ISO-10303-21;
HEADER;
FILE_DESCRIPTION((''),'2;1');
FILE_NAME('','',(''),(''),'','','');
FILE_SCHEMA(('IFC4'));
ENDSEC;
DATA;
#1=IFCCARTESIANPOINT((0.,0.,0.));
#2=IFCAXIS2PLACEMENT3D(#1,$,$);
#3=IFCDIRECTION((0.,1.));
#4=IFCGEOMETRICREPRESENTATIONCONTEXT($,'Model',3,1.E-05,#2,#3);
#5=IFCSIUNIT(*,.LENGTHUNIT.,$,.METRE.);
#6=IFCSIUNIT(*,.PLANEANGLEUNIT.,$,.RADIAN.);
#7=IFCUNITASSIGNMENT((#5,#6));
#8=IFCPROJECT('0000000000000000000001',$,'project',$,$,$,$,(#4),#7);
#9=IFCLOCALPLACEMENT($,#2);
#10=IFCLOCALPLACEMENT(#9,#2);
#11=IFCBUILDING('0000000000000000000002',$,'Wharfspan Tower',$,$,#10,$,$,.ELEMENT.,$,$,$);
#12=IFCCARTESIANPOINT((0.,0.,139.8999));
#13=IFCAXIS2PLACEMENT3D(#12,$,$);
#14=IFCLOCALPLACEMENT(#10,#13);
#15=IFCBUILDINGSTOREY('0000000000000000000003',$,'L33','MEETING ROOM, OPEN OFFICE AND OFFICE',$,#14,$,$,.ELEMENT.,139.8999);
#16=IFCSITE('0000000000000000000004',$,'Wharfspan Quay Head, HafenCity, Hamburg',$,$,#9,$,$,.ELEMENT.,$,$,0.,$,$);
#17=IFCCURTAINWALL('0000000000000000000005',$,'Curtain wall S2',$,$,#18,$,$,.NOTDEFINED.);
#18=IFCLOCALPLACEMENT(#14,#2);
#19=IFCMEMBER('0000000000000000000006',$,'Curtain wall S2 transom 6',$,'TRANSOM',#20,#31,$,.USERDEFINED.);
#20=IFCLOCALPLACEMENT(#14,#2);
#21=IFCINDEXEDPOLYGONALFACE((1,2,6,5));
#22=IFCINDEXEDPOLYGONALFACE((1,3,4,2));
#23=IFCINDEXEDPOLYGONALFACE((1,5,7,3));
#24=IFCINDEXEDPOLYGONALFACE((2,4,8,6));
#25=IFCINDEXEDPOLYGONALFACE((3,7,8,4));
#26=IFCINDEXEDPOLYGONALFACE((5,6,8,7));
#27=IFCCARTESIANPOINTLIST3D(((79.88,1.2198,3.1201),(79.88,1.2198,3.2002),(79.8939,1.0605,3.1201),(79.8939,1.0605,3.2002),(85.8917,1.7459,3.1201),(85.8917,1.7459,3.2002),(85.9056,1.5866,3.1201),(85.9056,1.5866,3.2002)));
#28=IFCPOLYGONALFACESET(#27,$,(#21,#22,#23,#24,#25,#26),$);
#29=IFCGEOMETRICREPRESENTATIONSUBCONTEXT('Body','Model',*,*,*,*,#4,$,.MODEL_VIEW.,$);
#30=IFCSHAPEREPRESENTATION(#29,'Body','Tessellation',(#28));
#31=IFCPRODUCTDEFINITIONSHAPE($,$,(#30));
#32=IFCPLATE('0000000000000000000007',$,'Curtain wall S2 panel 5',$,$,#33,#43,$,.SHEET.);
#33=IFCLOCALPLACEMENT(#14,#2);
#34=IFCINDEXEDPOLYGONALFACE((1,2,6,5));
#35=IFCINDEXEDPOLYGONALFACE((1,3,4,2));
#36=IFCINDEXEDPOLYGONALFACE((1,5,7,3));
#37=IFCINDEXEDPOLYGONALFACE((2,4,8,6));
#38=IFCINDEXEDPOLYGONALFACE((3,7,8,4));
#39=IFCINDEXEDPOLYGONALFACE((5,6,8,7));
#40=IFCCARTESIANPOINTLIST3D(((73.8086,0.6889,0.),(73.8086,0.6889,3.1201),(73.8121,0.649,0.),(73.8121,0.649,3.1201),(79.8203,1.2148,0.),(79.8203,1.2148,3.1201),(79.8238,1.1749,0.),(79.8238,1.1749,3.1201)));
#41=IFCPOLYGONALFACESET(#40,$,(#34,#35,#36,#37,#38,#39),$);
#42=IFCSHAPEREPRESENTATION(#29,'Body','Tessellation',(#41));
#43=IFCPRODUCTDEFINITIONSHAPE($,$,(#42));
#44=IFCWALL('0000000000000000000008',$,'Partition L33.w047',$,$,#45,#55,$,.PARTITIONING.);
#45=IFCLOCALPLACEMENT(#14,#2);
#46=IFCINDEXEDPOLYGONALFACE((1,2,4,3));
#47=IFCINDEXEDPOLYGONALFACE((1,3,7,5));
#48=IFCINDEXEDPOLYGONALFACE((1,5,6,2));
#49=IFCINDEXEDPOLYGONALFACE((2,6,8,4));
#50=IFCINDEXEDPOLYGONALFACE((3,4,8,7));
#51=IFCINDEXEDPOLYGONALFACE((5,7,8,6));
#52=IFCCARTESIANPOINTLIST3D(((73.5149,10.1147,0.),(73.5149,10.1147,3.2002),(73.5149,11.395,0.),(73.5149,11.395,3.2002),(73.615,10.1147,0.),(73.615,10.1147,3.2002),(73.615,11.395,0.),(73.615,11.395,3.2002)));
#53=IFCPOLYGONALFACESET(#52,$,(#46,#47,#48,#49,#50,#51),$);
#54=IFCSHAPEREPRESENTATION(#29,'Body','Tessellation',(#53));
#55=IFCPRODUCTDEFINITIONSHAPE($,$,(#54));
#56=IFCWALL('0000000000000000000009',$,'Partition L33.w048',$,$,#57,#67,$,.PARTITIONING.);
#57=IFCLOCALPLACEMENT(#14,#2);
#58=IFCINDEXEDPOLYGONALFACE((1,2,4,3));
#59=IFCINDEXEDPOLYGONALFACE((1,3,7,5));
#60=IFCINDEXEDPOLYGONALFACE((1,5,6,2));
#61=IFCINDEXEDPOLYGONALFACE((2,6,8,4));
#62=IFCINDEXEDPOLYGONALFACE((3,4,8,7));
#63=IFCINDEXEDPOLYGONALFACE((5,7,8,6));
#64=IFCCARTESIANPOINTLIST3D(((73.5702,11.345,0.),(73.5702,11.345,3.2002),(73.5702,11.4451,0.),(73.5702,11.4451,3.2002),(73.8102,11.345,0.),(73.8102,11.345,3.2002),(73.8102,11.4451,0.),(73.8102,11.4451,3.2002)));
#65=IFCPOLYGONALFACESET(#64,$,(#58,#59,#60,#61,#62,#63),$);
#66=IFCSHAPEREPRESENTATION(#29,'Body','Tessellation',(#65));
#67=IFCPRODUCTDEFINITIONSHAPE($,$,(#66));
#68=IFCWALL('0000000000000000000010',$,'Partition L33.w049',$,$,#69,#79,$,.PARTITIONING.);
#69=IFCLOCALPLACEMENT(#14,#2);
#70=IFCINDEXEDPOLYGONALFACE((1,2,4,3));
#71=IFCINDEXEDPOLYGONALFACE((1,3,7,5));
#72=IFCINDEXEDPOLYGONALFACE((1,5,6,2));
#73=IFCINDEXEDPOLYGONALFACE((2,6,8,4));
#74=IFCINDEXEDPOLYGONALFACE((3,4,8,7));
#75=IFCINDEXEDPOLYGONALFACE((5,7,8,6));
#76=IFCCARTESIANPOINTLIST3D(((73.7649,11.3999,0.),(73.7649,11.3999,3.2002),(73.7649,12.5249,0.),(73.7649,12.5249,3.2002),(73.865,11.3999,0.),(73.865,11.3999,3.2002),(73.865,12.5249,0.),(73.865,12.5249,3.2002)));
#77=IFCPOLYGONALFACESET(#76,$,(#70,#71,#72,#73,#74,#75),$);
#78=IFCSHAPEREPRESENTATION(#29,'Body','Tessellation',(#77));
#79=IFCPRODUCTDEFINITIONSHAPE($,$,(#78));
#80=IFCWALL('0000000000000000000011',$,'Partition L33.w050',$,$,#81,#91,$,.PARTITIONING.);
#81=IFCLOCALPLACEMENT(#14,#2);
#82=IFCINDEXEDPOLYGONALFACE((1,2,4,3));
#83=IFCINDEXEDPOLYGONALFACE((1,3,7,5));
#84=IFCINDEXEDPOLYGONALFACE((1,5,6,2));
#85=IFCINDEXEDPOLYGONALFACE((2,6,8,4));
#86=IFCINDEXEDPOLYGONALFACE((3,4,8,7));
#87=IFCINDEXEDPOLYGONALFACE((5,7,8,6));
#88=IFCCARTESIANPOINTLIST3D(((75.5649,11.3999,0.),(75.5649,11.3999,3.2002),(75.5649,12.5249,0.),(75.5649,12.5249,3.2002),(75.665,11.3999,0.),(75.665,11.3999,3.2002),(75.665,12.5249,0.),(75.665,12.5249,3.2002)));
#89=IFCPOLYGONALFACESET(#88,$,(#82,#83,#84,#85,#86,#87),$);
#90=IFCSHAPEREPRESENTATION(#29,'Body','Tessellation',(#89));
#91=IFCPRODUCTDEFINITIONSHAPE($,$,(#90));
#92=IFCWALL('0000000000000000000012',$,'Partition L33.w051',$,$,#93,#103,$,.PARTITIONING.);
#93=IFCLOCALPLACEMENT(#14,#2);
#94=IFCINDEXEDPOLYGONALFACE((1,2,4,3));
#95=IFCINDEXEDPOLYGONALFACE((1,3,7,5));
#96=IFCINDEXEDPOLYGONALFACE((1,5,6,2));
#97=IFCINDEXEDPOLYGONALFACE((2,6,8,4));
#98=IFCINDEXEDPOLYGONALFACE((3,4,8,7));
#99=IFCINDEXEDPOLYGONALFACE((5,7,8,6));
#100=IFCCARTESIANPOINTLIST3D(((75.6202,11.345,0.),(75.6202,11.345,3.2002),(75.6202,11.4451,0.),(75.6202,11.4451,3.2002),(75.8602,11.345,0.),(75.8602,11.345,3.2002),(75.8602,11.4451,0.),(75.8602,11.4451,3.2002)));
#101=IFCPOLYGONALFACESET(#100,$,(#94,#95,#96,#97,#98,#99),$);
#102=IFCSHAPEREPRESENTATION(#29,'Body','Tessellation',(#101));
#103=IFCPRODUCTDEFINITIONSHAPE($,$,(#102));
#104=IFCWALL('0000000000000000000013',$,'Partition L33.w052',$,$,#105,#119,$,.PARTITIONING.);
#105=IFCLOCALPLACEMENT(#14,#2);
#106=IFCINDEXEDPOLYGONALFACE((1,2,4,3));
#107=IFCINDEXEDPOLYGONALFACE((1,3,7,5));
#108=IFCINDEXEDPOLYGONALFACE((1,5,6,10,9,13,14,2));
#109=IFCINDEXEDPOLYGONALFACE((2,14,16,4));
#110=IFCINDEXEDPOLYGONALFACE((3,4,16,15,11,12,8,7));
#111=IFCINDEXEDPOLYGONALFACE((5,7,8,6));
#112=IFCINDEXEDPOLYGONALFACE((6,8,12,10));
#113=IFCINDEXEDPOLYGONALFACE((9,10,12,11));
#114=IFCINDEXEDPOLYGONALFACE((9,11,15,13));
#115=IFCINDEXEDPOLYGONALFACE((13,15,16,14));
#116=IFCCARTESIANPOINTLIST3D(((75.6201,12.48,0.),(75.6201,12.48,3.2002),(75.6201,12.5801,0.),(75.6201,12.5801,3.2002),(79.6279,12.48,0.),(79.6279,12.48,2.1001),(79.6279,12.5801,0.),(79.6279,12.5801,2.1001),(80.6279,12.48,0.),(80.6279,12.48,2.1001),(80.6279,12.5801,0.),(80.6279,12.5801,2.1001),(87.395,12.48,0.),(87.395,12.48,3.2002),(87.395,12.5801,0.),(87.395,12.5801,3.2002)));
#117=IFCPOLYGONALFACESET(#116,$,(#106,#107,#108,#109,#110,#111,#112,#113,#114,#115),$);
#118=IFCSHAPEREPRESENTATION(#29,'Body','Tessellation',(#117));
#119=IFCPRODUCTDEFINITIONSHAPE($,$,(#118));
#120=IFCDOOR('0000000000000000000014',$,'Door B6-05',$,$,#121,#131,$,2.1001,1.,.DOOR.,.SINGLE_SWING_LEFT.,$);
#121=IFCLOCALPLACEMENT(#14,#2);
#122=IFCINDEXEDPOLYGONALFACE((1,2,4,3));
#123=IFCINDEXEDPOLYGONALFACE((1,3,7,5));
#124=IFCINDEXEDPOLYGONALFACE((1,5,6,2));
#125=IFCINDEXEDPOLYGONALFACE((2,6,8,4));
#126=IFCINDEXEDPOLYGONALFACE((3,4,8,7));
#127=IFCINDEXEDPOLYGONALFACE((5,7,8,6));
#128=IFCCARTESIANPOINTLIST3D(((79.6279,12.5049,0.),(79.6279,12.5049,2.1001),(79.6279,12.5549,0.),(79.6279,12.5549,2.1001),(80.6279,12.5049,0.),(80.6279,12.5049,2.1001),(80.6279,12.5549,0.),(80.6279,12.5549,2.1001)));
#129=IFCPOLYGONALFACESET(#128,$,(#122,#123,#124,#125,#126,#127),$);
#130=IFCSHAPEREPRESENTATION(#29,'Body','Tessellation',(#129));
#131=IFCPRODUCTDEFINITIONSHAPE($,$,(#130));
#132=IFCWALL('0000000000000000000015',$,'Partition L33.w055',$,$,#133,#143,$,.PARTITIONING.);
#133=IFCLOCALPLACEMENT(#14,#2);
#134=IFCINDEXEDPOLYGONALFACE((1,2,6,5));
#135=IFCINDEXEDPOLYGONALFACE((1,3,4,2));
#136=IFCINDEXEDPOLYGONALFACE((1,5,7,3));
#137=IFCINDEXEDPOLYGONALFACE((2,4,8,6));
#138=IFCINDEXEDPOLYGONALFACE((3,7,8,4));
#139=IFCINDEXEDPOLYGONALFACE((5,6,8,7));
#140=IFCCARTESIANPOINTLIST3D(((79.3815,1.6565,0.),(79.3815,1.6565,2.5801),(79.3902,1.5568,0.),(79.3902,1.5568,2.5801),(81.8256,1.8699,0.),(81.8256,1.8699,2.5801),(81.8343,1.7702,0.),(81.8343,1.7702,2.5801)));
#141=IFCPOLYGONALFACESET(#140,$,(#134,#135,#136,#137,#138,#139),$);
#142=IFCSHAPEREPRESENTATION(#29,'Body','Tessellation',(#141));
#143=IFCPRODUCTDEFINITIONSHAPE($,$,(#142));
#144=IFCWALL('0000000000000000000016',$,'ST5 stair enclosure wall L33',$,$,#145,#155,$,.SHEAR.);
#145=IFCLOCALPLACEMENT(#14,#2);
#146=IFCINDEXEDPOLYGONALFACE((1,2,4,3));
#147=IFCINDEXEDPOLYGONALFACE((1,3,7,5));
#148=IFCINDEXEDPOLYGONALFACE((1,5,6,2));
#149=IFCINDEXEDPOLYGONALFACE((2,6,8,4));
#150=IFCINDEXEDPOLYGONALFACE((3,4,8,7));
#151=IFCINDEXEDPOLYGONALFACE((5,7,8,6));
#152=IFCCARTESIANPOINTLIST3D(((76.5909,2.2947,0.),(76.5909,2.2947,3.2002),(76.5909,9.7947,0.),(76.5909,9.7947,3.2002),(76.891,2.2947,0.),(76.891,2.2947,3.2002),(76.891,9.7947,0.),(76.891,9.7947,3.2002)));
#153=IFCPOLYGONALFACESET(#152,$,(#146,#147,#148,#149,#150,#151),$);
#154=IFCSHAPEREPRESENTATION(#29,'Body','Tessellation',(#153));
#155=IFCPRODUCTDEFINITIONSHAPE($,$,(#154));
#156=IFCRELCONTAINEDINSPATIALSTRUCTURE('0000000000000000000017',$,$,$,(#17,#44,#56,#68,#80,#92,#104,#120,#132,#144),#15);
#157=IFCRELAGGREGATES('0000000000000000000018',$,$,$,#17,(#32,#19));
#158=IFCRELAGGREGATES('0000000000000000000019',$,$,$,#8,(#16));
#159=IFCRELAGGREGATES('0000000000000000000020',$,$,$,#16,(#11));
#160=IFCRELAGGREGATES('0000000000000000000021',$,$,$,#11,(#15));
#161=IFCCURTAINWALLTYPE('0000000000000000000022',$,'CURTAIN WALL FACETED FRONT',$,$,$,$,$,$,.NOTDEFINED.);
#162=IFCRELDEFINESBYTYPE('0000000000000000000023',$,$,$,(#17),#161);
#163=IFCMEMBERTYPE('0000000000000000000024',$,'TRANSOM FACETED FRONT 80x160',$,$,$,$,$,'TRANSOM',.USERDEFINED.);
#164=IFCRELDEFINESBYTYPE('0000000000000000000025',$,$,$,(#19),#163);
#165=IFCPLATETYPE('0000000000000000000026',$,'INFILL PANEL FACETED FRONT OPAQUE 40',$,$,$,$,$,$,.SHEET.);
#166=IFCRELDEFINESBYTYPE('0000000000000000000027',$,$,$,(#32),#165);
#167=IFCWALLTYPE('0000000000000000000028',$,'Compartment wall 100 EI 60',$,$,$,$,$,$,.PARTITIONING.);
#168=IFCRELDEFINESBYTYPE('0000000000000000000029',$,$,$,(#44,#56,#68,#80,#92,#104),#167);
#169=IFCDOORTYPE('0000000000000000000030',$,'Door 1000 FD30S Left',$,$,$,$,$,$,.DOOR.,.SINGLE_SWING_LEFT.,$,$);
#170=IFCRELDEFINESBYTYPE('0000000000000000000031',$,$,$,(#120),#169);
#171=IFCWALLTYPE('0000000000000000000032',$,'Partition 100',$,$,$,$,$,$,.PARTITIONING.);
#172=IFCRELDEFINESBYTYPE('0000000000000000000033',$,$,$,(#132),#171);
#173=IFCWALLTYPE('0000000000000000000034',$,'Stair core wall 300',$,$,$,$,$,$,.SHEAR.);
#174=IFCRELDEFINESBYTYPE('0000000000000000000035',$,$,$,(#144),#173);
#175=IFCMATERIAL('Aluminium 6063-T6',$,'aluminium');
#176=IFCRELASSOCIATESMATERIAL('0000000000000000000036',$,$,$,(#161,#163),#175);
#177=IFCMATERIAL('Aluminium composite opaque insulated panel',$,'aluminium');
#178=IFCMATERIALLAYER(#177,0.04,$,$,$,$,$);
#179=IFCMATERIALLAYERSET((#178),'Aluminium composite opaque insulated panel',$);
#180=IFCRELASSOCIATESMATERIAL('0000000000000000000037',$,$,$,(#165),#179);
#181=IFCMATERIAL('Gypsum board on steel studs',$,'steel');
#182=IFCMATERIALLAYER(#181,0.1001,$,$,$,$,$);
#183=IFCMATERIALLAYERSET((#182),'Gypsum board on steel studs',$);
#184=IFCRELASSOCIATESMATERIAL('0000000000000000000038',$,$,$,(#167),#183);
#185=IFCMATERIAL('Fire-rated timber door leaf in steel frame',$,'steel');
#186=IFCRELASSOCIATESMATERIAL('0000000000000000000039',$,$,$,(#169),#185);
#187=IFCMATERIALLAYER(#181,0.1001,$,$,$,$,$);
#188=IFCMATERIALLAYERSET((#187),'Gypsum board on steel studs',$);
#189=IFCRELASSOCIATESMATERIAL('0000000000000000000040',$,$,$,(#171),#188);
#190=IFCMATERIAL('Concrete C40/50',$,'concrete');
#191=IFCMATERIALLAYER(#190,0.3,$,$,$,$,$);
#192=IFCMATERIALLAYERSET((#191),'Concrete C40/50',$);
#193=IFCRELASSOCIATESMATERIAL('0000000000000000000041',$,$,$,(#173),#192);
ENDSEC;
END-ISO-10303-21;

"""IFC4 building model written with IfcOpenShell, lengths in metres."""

from ifc_helpers import new_model, si_unit, direction, frame, frame_2d, origin, origin_2d, place, context, subcontext, project, spatial, rectangle, extrude, material, layer, layer_set, material_profile, profile_set, type_object, element, fill, aggregate, save


model = new_model("IFC4")

# Units and contexts
model_context = context("Model", 3, precision=1e-05, world=origin(), true_north=direction((0.0, 1.0)))
body_context = subcontext(model_context, "Body", "Model", "MODEL_VIEW")
ifc_project = project(units=[si_unit("LENGTHUNIT", "METRE"), si_unit("PLANEANGLEUNIT", "RADIAN")], contexts=[model_context])

# Site, building, storey
site_placement = place(None, origin())
site = spatial("IfcSite", under=ifc_project, at=site_placement, Name="Wharfspan Quay Head, HafenCity, Hamburg", CompositionType="ELEMENT", RefElevation=0.0)
building_placement = place(site_placement, origin())
building = spatial("IfcBuilding", under=site, at=building_placement, Name="Wharfspan Tower", CompositionType="ELEMENT")
storey_placement = place(building_placement, frame((0.0, 0.0, 139.8999)))
storey = spatial("IfcBuildingStorey", under=building, at=storey_placement, Name="L33", Description="MEETING ROOM, OPEN OFFICE AND OFFICE", CompositionType="ELEMENT", Elevation=139.8999)

# Curtain wall
ifc_material_1 = material(Name="Aluminium 6063-T6", Category="aluminium")
curtain_wall_type = type_object("IfcCurtainWallType", Name="CURTAIN WALL FACETED FRONT", PredefinedType="NOTDEFINED", material=ifc_material_1)
curtain_wall_placement = place(storey_placement, origin())
curtain_wall = element("IfcCurtainWall", 1, at=curtain_wall_placement, inside=storey, type_object=curtain_wall_type, Name="Curtain wall S2", PredefinedType="NOTDEFINED")

# Member
ifc_material_profile_1 = material_profile(ifc_material_1, rectangle(XDim=0.1599, YDim=0.0801, at=origin_2d()))
ifc_profile_set_1 = profile_set([ifc_material_profile_1], Name="Aluminium 6063-T6")
member_type_1 = type_object("IfcMemberType", Name="TRANSOM FACETED FRONT 80x160", ElementType="TRANSOM", PredefinedType="USERDEFINED", material=ifc_profile_set_1)
member_1_placement = place(storey_placement, frame((79.887, 1.1401, 3.1602), z_axis=(0.996192, 0.087183, 0.0), x_axis=(-0.087183, 0.996192, 0.0)))
member_1 = element("IfcMember", 2, at=member_1_placement, type_object=member_type_1, Name="Curtain wall S2 transom 6", ObjectType="TRANSOM", PredefinedType="USERDEFINED", context=body_context, shape_type="SweptSolid", body=[
    extrude(rectangle(XDim=0.1599, YDim=0.0801, at=origin_2d()), origin(), (0.0, 0.0, 1.0), 6.0347),
])

# Plate
ifc_material_2 = material(Name="Aluminium composite opaque insulated panel", Category="aluminium")
ifc_layer_1 = layer(ifc_material_2, 0.04)
ifc_layer_set_1 = layer_set([ifc_layer_1], Name="Aluminium composite opaque insulated panel")
plate_type = type_object("IfcPlateType", Name="INFILL PANEL FACETED FRONT OPAQUE 40", PredefinedType="SHEET", material=ifc_layer_set_1)
plate_placement = place(storey_placement, frame((76.8162, 0.9319, 0.0), z_axis=(0.0, 0.0, 1.0), x_axis=(0.996198, 0.087156, 0.0)))
plate = element("IfcPlate", 3, at=plate_placement, type_object=plate_type, Name="Curtain wall S2 panel 5", PredefinedType="SHEET", context=body_context, shape_type="SweptSolid", body=[
    extrude(rectangle(XDim=6.0347, YDim=0.04, at=origin_2d()), origin(), (0.0, 0.0, 1.0), 3.1201),
])
aggregate(curtain_wall, [plate, member_1])

# Walls
ifc_material_3 = material(Name="Gypsum board on steel studs", Category="steel")
ifc_layer_2 = layer(ifc_material_3, 0.1001)
ifc_layer_set_2 = layer_set([ifc_layer_2], Name="Gypsum board on steel studs")
wall_type_1 = type_object("IfcWallType", Name="Compartment wall 100 EI 60", PredefinedType="PARTITIONING", material=ifc_layer_set_2)
wall_1_placement = place(storey_placement, frame((73.5649, 10.1147, 0.0), z_axis=(0.0, 0.0, 1.0), x_axis=(0.0, 1.0, 0.0)))
element("IfcWall", 4, at=wall_1_placement, inside=storey, type_object=wall_type_1, Name="Partition L33.w047", PredefinedType="PARTITIONING", context=body_context, shape_type="SweptSolid", body=[
    extrude(rectangle(XDim=1.2803, YDim=0.1001, at=frame_2d((0.6401, 0.0))), origin(), (0.0, 0.0, 1.0), 3.2002),
])
wall_2_placement = place(storey_placement, frame((73.5701, 11.395, 0.0), z_axis=(0.0, 0.0, 1.0), x_axis=(1.0, 0.0, 0.0)))
element("IfcWall", 5, at=wall_2_placement, inside=storey, type_object=wall_type_1, Name="Partition L33.w048", PredefinedType="PARTITIONING", context=body_context, shape_type="SweptSolid", body=[
    extrude(rectangle(XDim=0.24, YDim=0.1001, at=frame_2d((0.1201, 0.0))), origin(), (0.0, 0.0, 1.0), 3.2002),
])
for number, where, z_axis, x_axis, name in (
    (6, (73.8149, 11.3999, 0.0), (0.0, 0.0, 1.0), (0.0, 1.0, 0.0), "Partition L33.w049"),
    (7, (75.615, 11.3999, 0.0), (0.0, 0.0, 1.0), (0.0, 1.0, 0.0), "Partition L33.w050"),
):
    element("IfcWall", number, at=place(storey_placement, frame(where, z_axis=z_axis, x_axis=x_axis)), inside=storey, type_object=wall_type_1, Name=name, PredefinedType="PARTITIONING", context=body_context, shape_type="SweptSolid", body=[
        extrude(rectangle(XDim=1.125, YDim=0.1001, at=frame_2d((0.5625, 0.0))), origin(), (0.0, 0.0, 1.0), 3.2002),
    ])
wall_3_placement = place(storey_placement, frame((75.6201, 11.395, 0.0), z_axis=(0.0, 0.0, 1.0), x_axis=(1.0, 0.0, 0.0)))
element("IfcWall", 8, at=wall_3_placement, inside=storey, type_object=wall_type_1, Name="Partition L33.w051", PredefinedType="PARTITIONING", context=body_context, shape_type="SweptSolid", body=[
    extrude(rectangle(XDim=0.24, YDim=0.1001, at=frame_2d((0.1201, 0.0))), origin(), (0.0, 0.0, 1.0), 3.2002),
])

# Wall, opening, door
wall_4_placement = place(storey_placement, frame((75.6201, 12.53, 0.0), z_axis=(0.0, 0.0, 1.0), x_axis=(1.0, 0.0, 0.0)))
wall_4 = element("IfcWall", 9, at=wall_4_placement, inside=storey, type_object=wall_type_1, Name="Partition L33.w052", PredefinedType="PARTITIONING", context=body_context, shape_type="SweptSolid", body=[
    extrude(rectangle(XDim=11.7749, YDim=0.1001, at=frame_2d((5.8875, 0.0))), origin(), (0.0, 0.0, 1.0), 3.2002),
])
opening_placement = place(wall_4_placement, frame((4.0078, 0.0, 0.0)))
opening = element("IfcOpeningElement", 10, at=opening_placement, cuts=wall_4, PredefinedType="OPENING", context=body_context, shape_type="SweptSolid", body=[
    extrude(rectangle(XDim=1.0, YDim=2.1001, at=frame_2d((0.5, 1.05))), frame((0.0, 0.0601, 0.0), z_axis=(0.0, -1.0, 0.0), x_axis=(1.0, 0.0, 0.0)), (0.0, 0.0, 1.0), 0.1201),
])
ifc_material_4 = material(Name="Fire-rated timber door leaf in steel frame", Category="steel")
door_type = type_object("IfcDoorType", Name="Door 1000 FD30S Left", OperationType="SINGLE_SWING_LEFT", PredefinedType="DOOR", material=ifc_material_4)
door_placement = place(opening_placement, origin())
door = element("IfcDoor", 11, at=door_placement, inside=storey, type_object=door_type, Name="Door B6-05", OperationType="SINGLE_SWING_LEFT", OverallHeight=2.1001, OverallWidth=1.0, PredefinedType="DOOR", context=body_context, shape_type="SweptSolid", body=[
    extrude(rectangle(XDim=1.0, YDim=2.1001, at=frame_2d((0.5, 1.05))), frame((0.0, 0.0249, 0.0), z_axis=(0.0, -1.0, 0.0), x_axis=(1.0, 0.0, 0.0)), (0.0, 0.0, 1.0), 0.05),
])
fill(opening, door)

# Walls
ifc_layer_3 = layer(ifc_material_3, 0.1001)
ifc_layer_set_3 = layer_set([ifc_layer_3], Name="Gypsum board on steel studs")
wall_type_2 = type_object("IfcWallType", Name="Partition 100", PredefinedType="PARTITIONING", material=ifc_layer_set_3)
wall_5_placement = place(storey_placement, frame((79.386, 1.6067, 0.0), z_axis=(0.0, 0.0, 1.0), x_axis=(0.996209, 0.086973, 0.0)))
element("IfcWall", 12, at=wall_5_placement, inside=storey, type_object=wall_type_2, Name="Partition L33.w055", PredefinedType="PARTITIONING", context=body_context, shape_type="SweptSolid", body=[
    extrude(rectangle(XDim=2.4534, YDim=0.1001, at=frame_2d((1.2266, 0.0))), origin(), (0.0, 0.0, 1.0), 2.5801),
])
ifc_material_5 = material(Name="Concrete C40/50", Category="concrete")
ifc_layer_4 = layer(ifc_material_5, 0.3)
ifc_layer_set_4 = layer_set([ifc_layer_4], Name="Concrete C40/50")
wall_type_3 = type_object("IfcWallType", Name="Stair core wall 300", PredefinedType="SHEAR", material=ifc_layer_set_4)
wall_6_placement = place(storey_placement, frame((76.741, 2.2947, 0.0), z_axis=(0.0, 0.0, 1.0), x_axis=(0.0, 1.0, 0.0)))
element("IfcWall", 13, at=wall_6_placement, inside=storey, type_object=wall_type_3, Name="ST5 stair enclosure wall L33", PredefinedType="SHEAR", context=body_context, shape_type="SweptSolid", body=[
    extrude(rectangle(XDim=7.5, YDim=0.3, at=frame_2d((3.75, 0.0))), origin(), (0.0, 0.0, 1.0), 3.2002),
])

save(model, "model.ifc")
